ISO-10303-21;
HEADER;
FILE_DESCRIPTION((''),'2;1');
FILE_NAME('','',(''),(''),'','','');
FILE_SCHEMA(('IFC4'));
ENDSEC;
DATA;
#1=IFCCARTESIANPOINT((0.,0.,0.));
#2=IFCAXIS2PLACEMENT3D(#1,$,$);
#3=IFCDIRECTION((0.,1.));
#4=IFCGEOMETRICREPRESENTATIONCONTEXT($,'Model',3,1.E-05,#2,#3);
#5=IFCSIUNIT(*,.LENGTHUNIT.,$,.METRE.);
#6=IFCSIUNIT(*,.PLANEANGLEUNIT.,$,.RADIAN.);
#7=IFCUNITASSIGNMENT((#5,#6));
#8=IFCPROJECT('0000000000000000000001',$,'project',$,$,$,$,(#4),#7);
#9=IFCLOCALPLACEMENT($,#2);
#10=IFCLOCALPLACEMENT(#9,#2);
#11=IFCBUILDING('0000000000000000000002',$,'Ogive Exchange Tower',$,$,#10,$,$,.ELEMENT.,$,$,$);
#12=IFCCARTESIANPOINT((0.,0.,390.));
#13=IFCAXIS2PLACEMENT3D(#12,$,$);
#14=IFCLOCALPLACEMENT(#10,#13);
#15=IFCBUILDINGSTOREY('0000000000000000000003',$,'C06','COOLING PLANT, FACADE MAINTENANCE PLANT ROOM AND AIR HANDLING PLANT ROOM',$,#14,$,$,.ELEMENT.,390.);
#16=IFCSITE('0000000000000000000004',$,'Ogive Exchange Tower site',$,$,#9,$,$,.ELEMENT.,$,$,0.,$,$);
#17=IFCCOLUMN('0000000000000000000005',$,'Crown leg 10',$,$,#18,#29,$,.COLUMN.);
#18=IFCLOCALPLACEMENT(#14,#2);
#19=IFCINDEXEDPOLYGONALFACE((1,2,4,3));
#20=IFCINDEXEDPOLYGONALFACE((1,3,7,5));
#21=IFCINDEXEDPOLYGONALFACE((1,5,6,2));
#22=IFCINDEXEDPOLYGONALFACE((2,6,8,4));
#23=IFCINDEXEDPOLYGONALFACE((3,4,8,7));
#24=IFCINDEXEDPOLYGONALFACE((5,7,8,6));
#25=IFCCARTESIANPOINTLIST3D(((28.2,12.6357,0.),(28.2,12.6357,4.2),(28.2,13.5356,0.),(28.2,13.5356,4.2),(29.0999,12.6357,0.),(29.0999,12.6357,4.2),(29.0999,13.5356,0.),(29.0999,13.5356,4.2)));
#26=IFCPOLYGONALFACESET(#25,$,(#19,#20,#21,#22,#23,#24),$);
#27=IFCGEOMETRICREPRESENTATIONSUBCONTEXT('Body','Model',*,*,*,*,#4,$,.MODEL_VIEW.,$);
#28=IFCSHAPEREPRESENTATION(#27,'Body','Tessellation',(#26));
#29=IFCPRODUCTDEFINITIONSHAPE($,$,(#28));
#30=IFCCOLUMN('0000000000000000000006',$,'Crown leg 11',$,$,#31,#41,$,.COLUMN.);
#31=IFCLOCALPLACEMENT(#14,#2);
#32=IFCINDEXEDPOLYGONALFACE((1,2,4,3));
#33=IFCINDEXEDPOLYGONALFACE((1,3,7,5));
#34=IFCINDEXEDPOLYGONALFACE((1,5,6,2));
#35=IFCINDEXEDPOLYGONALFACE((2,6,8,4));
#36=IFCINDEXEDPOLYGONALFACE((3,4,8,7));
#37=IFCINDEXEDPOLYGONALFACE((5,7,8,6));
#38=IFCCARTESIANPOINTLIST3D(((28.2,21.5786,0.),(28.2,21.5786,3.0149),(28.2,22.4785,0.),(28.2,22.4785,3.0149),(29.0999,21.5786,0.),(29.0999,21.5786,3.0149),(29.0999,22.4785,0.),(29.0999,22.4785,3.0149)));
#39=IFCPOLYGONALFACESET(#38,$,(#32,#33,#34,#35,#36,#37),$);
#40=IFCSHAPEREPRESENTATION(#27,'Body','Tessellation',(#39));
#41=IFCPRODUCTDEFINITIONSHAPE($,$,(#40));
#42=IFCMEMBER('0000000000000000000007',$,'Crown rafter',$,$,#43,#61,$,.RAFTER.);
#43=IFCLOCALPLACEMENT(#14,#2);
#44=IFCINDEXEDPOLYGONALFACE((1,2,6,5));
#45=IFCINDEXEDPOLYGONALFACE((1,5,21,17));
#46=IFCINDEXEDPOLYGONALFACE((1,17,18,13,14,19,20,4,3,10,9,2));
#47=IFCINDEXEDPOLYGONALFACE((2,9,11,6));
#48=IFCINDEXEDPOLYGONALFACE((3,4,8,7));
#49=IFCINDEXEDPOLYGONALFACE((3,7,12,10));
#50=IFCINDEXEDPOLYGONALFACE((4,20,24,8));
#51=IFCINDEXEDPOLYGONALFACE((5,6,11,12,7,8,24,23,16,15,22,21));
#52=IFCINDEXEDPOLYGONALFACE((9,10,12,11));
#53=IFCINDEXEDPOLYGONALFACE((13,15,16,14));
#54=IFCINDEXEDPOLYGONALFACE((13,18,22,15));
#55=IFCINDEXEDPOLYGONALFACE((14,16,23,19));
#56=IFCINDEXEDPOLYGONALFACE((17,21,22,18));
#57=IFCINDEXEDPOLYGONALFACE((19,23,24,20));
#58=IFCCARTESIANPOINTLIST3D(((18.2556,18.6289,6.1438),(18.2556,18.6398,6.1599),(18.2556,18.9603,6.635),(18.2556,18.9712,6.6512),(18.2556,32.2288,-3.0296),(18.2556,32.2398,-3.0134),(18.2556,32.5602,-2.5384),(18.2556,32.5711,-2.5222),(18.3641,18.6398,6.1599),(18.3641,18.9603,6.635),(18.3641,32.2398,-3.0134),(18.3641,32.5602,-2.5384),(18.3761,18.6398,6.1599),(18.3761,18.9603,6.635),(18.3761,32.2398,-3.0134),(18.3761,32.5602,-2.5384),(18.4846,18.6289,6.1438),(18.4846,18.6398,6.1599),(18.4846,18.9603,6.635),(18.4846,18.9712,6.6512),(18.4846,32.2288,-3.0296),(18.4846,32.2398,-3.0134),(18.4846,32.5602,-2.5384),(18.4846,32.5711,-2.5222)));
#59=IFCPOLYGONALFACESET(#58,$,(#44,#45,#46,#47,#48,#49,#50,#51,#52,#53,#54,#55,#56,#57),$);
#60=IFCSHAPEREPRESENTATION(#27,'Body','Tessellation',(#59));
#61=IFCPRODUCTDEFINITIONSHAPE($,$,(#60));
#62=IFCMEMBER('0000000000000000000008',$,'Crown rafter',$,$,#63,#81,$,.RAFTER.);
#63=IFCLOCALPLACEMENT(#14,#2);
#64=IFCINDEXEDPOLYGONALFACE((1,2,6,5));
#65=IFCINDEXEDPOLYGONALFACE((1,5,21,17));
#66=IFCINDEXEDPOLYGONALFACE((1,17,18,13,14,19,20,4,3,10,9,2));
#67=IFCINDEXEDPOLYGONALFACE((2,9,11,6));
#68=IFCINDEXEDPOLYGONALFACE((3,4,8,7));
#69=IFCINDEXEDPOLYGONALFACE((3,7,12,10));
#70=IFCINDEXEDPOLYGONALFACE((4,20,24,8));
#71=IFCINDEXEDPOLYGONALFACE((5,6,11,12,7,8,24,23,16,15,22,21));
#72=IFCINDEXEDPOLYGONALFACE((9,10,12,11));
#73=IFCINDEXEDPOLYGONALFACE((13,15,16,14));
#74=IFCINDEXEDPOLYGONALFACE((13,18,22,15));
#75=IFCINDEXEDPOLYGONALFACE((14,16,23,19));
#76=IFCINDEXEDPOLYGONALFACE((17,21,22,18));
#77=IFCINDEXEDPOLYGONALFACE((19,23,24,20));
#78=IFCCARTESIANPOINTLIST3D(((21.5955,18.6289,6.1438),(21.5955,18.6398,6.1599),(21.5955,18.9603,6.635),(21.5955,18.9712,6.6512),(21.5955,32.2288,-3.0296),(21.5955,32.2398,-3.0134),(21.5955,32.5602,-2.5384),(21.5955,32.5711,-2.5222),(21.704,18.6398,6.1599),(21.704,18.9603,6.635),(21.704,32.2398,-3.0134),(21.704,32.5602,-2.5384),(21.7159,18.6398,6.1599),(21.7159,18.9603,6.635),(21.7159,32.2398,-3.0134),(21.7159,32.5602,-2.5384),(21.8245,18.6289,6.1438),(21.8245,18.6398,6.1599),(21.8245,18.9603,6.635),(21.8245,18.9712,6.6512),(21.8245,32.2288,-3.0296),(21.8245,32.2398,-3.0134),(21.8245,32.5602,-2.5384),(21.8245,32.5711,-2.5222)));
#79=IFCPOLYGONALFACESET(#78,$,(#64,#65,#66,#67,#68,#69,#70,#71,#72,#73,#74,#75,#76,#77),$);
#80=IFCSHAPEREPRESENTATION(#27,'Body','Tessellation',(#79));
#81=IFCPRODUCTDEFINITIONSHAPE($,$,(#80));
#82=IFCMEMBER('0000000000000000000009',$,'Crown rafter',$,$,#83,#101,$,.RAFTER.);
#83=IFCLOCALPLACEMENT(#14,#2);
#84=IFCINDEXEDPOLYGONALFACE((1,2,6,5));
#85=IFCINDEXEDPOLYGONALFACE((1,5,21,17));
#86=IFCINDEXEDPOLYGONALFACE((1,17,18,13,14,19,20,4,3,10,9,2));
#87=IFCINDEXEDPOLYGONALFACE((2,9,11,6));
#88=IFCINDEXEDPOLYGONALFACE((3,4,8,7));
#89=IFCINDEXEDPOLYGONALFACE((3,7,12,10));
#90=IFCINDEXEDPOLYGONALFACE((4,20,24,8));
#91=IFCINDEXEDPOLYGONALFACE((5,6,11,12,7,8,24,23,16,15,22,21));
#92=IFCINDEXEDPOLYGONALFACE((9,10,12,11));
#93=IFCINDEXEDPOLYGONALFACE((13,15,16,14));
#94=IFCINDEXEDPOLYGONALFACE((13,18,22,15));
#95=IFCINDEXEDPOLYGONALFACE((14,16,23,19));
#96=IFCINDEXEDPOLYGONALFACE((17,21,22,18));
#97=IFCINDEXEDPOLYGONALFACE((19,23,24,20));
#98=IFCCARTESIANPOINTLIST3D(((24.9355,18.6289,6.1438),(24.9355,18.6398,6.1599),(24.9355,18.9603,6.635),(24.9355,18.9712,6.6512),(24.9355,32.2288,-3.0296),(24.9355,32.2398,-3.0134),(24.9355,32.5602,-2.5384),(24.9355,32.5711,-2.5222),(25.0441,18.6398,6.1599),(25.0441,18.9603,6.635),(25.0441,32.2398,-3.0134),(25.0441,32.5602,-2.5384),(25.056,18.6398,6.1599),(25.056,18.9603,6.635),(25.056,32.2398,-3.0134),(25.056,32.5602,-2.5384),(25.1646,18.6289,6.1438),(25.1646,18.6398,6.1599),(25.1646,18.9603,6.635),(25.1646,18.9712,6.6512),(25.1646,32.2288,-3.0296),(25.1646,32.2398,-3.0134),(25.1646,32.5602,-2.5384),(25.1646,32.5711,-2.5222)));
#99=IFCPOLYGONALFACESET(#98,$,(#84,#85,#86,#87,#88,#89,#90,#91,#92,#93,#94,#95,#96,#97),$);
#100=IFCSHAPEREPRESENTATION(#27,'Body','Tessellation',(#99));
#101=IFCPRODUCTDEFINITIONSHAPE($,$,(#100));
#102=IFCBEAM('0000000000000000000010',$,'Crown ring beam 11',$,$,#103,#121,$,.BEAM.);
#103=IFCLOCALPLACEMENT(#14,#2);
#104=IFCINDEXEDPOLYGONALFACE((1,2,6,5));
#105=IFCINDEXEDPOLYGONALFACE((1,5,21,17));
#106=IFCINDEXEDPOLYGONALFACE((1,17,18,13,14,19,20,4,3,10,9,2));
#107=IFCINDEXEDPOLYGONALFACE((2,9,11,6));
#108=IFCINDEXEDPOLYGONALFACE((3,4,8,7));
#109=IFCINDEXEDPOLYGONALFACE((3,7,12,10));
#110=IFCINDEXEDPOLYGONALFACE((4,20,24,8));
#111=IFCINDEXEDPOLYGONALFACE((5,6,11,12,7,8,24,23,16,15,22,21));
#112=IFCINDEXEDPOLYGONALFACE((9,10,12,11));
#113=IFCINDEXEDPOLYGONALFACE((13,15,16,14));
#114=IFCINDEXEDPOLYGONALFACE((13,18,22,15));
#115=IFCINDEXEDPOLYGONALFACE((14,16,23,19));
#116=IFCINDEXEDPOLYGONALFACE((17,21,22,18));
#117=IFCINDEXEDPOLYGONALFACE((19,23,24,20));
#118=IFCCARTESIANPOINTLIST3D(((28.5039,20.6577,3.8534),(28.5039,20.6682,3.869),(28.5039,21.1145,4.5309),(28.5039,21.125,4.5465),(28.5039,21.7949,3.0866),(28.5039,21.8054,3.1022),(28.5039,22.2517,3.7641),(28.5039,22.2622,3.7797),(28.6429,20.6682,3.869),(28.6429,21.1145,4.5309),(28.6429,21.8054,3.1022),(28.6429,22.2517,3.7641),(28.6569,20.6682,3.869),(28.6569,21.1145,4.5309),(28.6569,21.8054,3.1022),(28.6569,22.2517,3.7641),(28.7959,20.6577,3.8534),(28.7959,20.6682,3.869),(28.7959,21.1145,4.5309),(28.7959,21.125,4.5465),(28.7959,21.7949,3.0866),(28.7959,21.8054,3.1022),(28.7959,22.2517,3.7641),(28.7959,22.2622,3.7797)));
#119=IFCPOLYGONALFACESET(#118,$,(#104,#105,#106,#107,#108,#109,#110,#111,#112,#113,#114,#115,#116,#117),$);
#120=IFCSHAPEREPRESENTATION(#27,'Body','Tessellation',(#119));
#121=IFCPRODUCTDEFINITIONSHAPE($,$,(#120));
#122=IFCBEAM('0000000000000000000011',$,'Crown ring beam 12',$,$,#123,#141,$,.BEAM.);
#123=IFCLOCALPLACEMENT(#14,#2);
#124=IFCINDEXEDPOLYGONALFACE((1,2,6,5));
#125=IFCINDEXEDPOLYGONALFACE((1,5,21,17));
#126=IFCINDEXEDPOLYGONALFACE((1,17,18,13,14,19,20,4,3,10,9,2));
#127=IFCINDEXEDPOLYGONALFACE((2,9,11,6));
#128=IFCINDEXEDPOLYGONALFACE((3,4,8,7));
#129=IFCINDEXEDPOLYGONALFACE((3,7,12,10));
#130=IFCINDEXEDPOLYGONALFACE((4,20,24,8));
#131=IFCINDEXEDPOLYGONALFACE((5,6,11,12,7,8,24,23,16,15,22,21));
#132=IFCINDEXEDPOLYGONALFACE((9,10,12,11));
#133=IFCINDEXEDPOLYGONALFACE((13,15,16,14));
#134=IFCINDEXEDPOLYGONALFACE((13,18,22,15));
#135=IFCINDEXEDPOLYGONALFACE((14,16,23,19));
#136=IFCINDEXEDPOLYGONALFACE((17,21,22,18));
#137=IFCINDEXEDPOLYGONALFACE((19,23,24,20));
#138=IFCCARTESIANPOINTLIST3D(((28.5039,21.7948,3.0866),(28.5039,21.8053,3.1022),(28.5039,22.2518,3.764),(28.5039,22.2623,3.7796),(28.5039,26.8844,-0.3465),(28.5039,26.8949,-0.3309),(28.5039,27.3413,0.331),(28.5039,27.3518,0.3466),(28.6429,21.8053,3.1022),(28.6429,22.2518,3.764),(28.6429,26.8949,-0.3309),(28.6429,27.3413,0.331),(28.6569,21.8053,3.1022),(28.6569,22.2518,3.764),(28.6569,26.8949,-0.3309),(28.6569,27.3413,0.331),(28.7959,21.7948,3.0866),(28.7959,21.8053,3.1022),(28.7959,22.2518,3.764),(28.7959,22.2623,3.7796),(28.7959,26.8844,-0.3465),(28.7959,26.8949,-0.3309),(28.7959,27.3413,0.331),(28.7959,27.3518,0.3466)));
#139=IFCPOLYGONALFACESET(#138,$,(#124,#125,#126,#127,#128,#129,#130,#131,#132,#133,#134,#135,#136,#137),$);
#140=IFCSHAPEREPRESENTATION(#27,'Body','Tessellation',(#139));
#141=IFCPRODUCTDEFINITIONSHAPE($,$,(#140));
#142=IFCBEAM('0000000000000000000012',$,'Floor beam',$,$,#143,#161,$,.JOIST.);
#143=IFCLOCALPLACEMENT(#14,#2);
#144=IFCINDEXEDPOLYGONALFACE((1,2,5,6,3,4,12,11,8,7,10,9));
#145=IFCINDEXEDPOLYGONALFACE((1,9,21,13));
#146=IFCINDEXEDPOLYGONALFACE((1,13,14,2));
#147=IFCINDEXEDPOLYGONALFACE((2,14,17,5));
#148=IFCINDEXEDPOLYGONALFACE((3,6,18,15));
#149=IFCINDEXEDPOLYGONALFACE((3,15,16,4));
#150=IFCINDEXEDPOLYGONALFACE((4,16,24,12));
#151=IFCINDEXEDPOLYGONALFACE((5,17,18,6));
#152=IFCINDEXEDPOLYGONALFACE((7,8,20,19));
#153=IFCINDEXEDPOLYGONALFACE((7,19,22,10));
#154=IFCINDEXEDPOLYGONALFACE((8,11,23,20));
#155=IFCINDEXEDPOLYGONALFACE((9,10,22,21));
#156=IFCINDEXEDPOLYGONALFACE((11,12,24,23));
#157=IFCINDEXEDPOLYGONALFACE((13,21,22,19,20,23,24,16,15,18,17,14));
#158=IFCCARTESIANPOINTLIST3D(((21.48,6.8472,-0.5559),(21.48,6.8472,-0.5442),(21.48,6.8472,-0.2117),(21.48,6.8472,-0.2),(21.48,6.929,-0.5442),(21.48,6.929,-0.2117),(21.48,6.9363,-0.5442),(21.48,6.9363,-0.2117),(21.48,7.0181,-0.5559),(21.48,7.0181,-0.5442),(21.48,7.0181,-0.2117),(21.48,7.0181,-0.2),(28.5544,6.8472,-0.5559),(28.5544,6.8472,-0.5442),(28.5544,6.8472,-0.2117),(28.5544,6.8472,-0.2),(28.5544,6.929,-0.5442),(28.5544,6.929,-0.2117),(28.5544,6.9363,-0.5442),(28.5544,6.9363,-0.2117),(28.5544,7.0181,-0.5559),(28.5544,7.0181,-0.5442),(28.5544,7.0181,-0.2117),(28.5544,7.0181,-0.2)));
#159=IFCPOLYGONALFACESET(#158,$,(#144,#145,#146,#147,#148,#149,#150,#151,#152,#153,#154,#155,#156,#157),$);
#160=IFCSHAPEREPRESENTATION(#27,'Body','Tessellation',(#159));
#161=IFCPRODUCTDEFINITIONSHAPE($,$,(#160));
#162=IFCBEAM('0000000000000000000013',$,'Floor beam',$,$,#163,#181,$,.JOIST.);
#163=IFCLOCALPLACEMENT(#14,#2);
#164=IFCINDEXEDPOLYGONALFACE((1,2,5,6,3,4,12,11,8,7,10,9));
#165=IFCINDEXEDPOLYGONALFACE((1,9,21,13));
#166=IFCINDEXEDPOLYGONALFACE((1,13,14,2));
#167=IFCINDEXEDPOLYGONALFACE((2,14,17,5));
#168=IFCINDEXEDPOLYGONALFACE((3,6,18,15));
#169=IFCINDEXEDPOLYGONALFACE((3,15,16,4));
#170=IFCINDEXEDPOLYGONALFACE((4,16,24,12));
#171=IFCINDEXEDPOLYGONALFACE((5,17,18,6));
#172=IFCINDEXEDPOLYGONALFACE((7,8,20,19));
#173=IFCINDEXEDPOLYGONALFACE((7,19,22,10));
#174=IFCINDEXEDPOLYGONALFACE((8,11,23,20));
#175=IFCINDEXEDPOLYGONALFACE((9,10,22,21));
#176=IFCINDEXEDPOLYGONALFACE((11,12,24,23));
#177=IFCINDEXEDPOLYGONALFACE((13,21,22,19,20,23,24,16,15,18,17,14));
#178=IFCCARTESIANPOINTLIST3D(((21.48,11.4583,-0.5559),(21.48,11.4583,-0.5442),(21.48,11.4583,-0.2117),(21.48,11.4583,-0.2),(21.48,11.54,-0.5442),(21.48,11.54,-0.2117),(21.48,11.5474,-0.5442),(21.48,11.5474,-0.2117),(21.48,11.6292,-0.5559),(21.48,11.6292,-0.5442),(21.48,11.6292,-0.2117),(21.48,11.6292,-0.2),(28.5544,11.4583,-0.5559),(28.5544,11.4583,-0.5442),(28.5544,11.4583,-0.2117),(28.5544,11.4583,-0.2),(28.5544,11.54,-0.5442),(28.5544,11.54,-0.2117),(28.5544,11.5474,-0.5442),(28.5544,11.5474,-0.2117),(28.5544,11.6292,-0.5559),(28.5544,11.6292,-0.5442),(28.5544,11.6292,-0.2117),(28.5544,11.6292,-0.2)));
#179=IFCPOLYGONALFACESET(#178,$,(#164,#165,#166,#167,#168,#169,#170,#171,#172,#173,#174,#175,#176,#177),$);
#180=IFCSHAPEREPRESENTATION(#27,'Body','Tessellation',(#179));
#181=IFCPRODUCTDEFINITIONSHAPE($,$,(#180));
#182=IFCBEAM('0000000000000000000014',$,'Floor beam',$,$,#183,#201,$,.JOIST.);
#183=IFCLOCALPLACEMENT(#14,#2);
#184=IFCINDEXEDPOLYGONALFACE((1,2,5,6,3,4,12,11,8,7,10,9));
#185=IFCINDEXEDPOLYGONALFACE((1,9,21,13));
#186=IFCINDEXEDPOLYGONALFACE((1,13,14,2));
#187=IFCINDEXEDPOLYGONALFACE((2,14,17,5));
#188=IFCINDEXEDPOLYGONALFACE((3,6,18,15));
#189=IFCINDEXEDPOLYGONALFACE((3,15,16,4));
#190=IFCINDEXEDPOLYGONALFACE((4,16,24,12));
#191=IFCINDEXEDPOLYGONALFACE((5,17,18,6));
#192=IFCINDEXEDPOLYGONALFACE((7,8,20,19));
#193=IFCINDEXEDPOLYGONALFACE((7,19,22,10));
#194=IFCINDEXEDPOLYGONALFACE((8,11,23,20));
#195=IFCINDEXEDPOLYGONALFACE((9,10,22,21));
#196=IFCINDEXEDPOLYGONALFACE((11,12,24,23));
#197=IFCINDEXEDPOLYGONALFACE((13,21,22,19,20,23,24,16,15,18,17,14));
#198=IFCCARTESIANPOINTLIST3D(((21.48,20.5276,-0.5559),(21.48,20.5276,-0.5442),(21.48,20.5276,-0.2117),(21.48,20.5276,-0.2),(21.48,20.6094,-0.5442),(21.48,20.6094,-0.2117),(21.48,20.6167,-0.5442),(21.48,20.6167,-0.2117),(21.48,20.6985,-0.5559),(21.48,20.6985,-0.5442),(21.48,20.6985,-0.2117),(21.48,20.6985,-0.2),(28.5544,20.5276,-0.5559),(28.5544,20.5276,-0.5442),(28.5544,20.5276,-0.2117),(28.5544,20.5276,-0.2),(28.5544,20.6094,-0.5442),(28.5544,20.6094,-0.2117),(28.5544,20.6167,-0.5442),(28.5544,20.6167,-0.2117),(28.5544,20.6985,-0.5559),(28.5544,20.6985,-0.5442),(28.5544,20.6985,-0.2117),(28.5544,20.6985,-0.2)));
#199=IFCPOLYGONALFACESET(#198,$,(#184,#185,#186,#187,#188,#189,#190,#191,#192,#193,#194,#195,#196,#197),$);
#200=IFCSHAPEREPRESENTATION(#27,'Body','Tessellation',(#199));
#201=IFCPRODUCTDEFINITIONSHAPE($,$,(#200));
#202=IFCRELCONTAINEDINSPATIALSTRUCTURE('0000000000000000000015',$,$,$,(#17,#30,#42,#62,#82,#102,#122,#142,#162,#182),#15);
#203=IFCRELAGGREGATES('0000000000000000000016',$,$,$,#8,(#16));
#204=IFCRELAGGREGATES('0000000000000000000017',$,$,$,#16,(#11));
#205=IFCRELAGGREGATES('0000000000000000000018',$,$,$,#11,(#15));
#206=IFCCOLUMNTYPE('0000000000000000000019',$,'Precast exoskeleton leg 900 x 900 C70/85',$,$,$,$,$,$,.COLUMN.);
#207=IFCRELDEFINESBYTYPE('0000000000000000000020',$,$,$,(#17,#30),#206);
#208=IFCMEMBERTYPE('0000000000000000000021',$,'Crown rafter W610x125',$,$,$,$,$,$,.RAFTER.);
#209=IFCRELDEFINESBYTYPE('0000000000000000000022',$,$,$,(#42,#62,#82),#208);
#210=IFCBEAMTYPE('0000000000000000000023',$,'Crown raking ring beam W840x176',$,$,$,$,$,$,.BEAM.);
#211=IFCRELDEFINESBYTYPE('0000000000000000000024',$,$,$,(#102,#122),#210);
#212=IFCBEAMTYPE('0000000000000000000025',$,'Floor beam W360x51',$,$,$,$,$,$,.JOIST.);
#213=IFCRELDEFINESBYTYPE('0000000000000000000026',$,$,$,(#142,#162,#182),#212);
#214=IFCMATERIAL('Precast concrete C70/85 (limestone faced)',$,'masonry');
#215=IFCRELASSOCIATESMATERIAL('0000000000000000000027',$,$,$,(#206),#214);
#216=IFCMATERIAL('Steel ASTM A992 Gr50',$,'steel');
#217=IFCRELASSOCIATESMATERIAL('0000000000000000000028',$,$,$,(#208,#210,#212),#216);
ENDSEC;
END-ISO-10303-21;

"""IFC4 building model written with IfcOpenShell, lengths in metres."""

from ifc_helpers import new_model, si_unit, direction, frame, origin, origin_2d, place, context, subcontext, project, spatial, rectangle, i_section, extrude, material, material_profile, profile_set, type_object, element, save


model = new_model("IFC4")

# Units and contexts
model_context = context("Model", 3, precision=1e-05, world=origin(), true_north=direction((0.0, 1.0)))
body_context = subcontext(model_context, "Body", "Model", "MODEL_VIEW")
ifc_project = project(units=[si_unit("LENGTHUNIT", "METRE"), si_unit("PLANEANGLEUNIT", "RADIAN")], contexts=[model_context])

# Site, building, storey
site_placement = place(None, origin())
site = spatial("IfcSite", under=ifc_project, at=site_placement, Name="Ogive Exchange Tower site", CompositionType="ELEMENT", RefElevation=0.0)
building_placement = place(site_placement, origin())
building = spatial("IfcBuilding", under=site, at=building_placement, Name="Ogive Exchange Tower", CompositionType="ELEMENT")
storey_placement = place(building_placement, frame((0.0, 0.0, 390.0)))
storey = spatial("IfcBuildingStorey", under=building, at=storey_placement, Name="C06", Description="COOLING PLANT, FACADE MAINTENANCE PLANT ROOM AND AIR HANDLING PLANT ROOM", CompositionType="ELEMENT", Elevation=390.0)

# Columns
ifc_material_1 = material(Name="Precast concrete C70/85 (limestone faced)", Category="masonry")
ifc_material_profile_1 = material_profile(ifc_material_1, rectangle(XDim=0.8999, YDim=0.8999, at=origin_2d()), Name="900 x 900")
ifc_profile_set_1 = profile_set([ifc_material_profile_1], Name="Precast concrete C70/85 (limestone faced)")
column_type = type_object("IfcColumnType", Name="Precast exoskeleton leg 900 x 900 C70/85", PredefinedType="COLUMN", material=ifc_profile_set_1)
column_1_placement = place(storey_placement, frame((28.6499, 13.0857, 0.0), z_axis=(0.0, 0.0, 1.0), x_axis=(1.0, 0.0, 0.0)))
element("IfcColumn", 1, at=column_1_placement, inside=storey, type_object=column_type, Name="Crown leg 10", PredefinedType="COLUMN", context=body_context, shape_type="SweptSolid", body=[
    extrude(rectangle(XDim=0.8999, YDim=0.8999, at=origin_2d()), origin(), (0.0, 0.0, 1.0), 4.2),
])
column_2_placement = place(storey_placement, frame((28.6499, 22.0286, 0.0), z_axis=(0.0, 0.0, 1.0), x_axis=(1.0, 0.0, 0.0)))
element("IfcColumn", 2, at=column_2_placement, inside=storey, type_object=column_type, Name="Crown leg 11", PredefinedType="COLUMN", context=body_context, shape_type="SweptSolid", body=[
    extrude(rectangle(XDim=0.8999, YDim=0.8999, at=origin_2d()), origin(), (0.0, 0.0, 1.0), 3.0149),
])

# Members
ifc_material_2 = material(Name="Steel ASTM A992 Gr50", Category="steel")
ifc_material_profile_2 = material_profile(ifc_material_2, i_section(OverallWidth=0.229, OverallDepth=0.6121, WebThickness=0.012, FlangeThickness=0.0195, at=origin_2d()), Name="W610x125")
ifc_profile_set_2 = profile_set([ifc_material_profile_2], Name="Steel ASTM A992 Gr50")
member_type = type_object("IfcMemberType", Name="Crown rafter W610x125", PredefinedType="RAFTER", material=ifc_profile_set_2)
for number, where, z_axis, x_axis, name in (
    (3, (18.3701, 18.8, 6.3975), (0.0, 0.829034, -0.559198), (-1.0, 0.0, 0.0), "Crown rafter"),
    (4, (21.71, 18.8, 6.3975), (0.0, 0.829034, -0.559198), (-1.0, 0.0, 0.0), "Crown rafter"),
    (5, (25.05, 18.8, 6.3975), (0.0, 0.829034, -0.559198), (-1.0, 0.0, 0.0), "Crown rafter"),
):
    element("IfcMember", number, at=place(storey_placement, frame(where, z_axis=z_axis, x_axis=x_axis)), inside=storey, type_object=member_type, Name=name, PredefinedType="RAFTER", context=body_context, shape_type="SweptSolid", body=[
        extrude(i_section(OverallWidth=0.229, OverallDepth=0.6121, WebThickness=0.012, FlangeThickness=0.0195, at=origin_2d()), origin(), (0.0, 0.0, 1.0), 16.4045),
    ])

# Beams
ifc_material_profile_3 = material_profile(ifc_material_2, i_section(OverallWidth=0.292, OverallDepth=0.8359, WebThickness=0.0139, FlangeThickness=0.0188, at=origin_2d()), Name="W840x176")
ifc_profile_set_3 = profile_set([ifc_material_profile_3], Name="Steel ASTM A992 Gr50")
beam_type_1 = type_object("IfcBeamType", Name="Crown raking ring beam W840x176", PredefinedType="BEAM", material=ifc_profile_set_3)
beam_1_placement = place(storey_placement, frame((28.6499, 20.8914, 4.2), z_axis=(0.0, 0.829109, -0.559088), x_axis=(-1.0, 0.0, 0.0)))
element("IfcBeam", 6, at=beam_1_placement, inside=storey, type_object=beam_type_1, Name="Crown ring beam 11", PredefinedType="BEAM", context=body_context, shape_type="SweptSolid", body=[
    extrude(i_section(OverallWidth=0.292, OverallDepth=0.8359, WebThickness=0.0139, FlangeThickness=0.0188, at=origin_2d()), origin(), (0.0, 0.0, 1.0), 1.3716),
])
beam_2_placement = place(storey_placement, frame((28.6499, 22.0286, 3.4331), z_axis=(0.0, 0.829028, -0.559207), x_axis=(-1.0, 0.0, 0.0)))
element("IfcBeam", 7, at=beam_2_placement, inside=storey, type_object=beam_type_1, Name="Crown ring beam 12", PredefinedType="BEAM", context=body_context, shape_type="SweptSolid", body=[
    extrude(i_section(OverallWidth=0.292, OverallDepth=0.8359, WebThickness=0.0139, FlangeThickness=0.0188, at=origin_2d()), origin(), (0.0, 0.0, 1.0), 6.1392),
])
ifc_material_profile_4 = material_profile(ifc_material_2, i_section(OverallWidth=0.1709, OverallDepth=0.356, WebThickness=0.0073, FlangeThickness=0.0117, at=origin_2d()), Name="W360x51")
ifc_profile_set_4 = profile_set([ifc_material_profile_4], Name="Steel ASTM A992 Gr50")
beam_type_2 = type_object("IfcBeamType", Name="Floor beam W360x51", PredefinedType="JOIST", material=ifc_profile_set_4)
for number, where, z_axis, x_axis, name in (
    (8, (21.48, 6.9326, -0.3779), (1.0, 0.0, 0.0), (0.0, 1.0, 0.0), "Floor beam"),
    (9, (21.48, 11.5437, -0.3779), (1.0, 0.0, 0.0), (0.0, 1.0, 0.0), "Floor beam"),
    (10, (21.48, 20.613, -0.3779), (1.0, 0.0, 0.0), (0.0, 1.0, 0.0), "Floor beam"),
):
    element("IfcBeam", number, at=place(storey_placement, frame(where, z_axis=z_axis, x_axis=x_axis)), inside=storey, type_object=beam_type_2, Name=name, PredefinedType="JOIST", context=body_context, shape_type="SweptSolid", body=[
        extrude(i_section(OverallWidth=0.1709, OverallDepth=0.356, WebThickness=0.0073, FlangeThickness=0.0117, at=origin_2d()), origin(), (0.0, 0.0, 1.0), 7.0745),
    ])

save(model, "model.ifc")
